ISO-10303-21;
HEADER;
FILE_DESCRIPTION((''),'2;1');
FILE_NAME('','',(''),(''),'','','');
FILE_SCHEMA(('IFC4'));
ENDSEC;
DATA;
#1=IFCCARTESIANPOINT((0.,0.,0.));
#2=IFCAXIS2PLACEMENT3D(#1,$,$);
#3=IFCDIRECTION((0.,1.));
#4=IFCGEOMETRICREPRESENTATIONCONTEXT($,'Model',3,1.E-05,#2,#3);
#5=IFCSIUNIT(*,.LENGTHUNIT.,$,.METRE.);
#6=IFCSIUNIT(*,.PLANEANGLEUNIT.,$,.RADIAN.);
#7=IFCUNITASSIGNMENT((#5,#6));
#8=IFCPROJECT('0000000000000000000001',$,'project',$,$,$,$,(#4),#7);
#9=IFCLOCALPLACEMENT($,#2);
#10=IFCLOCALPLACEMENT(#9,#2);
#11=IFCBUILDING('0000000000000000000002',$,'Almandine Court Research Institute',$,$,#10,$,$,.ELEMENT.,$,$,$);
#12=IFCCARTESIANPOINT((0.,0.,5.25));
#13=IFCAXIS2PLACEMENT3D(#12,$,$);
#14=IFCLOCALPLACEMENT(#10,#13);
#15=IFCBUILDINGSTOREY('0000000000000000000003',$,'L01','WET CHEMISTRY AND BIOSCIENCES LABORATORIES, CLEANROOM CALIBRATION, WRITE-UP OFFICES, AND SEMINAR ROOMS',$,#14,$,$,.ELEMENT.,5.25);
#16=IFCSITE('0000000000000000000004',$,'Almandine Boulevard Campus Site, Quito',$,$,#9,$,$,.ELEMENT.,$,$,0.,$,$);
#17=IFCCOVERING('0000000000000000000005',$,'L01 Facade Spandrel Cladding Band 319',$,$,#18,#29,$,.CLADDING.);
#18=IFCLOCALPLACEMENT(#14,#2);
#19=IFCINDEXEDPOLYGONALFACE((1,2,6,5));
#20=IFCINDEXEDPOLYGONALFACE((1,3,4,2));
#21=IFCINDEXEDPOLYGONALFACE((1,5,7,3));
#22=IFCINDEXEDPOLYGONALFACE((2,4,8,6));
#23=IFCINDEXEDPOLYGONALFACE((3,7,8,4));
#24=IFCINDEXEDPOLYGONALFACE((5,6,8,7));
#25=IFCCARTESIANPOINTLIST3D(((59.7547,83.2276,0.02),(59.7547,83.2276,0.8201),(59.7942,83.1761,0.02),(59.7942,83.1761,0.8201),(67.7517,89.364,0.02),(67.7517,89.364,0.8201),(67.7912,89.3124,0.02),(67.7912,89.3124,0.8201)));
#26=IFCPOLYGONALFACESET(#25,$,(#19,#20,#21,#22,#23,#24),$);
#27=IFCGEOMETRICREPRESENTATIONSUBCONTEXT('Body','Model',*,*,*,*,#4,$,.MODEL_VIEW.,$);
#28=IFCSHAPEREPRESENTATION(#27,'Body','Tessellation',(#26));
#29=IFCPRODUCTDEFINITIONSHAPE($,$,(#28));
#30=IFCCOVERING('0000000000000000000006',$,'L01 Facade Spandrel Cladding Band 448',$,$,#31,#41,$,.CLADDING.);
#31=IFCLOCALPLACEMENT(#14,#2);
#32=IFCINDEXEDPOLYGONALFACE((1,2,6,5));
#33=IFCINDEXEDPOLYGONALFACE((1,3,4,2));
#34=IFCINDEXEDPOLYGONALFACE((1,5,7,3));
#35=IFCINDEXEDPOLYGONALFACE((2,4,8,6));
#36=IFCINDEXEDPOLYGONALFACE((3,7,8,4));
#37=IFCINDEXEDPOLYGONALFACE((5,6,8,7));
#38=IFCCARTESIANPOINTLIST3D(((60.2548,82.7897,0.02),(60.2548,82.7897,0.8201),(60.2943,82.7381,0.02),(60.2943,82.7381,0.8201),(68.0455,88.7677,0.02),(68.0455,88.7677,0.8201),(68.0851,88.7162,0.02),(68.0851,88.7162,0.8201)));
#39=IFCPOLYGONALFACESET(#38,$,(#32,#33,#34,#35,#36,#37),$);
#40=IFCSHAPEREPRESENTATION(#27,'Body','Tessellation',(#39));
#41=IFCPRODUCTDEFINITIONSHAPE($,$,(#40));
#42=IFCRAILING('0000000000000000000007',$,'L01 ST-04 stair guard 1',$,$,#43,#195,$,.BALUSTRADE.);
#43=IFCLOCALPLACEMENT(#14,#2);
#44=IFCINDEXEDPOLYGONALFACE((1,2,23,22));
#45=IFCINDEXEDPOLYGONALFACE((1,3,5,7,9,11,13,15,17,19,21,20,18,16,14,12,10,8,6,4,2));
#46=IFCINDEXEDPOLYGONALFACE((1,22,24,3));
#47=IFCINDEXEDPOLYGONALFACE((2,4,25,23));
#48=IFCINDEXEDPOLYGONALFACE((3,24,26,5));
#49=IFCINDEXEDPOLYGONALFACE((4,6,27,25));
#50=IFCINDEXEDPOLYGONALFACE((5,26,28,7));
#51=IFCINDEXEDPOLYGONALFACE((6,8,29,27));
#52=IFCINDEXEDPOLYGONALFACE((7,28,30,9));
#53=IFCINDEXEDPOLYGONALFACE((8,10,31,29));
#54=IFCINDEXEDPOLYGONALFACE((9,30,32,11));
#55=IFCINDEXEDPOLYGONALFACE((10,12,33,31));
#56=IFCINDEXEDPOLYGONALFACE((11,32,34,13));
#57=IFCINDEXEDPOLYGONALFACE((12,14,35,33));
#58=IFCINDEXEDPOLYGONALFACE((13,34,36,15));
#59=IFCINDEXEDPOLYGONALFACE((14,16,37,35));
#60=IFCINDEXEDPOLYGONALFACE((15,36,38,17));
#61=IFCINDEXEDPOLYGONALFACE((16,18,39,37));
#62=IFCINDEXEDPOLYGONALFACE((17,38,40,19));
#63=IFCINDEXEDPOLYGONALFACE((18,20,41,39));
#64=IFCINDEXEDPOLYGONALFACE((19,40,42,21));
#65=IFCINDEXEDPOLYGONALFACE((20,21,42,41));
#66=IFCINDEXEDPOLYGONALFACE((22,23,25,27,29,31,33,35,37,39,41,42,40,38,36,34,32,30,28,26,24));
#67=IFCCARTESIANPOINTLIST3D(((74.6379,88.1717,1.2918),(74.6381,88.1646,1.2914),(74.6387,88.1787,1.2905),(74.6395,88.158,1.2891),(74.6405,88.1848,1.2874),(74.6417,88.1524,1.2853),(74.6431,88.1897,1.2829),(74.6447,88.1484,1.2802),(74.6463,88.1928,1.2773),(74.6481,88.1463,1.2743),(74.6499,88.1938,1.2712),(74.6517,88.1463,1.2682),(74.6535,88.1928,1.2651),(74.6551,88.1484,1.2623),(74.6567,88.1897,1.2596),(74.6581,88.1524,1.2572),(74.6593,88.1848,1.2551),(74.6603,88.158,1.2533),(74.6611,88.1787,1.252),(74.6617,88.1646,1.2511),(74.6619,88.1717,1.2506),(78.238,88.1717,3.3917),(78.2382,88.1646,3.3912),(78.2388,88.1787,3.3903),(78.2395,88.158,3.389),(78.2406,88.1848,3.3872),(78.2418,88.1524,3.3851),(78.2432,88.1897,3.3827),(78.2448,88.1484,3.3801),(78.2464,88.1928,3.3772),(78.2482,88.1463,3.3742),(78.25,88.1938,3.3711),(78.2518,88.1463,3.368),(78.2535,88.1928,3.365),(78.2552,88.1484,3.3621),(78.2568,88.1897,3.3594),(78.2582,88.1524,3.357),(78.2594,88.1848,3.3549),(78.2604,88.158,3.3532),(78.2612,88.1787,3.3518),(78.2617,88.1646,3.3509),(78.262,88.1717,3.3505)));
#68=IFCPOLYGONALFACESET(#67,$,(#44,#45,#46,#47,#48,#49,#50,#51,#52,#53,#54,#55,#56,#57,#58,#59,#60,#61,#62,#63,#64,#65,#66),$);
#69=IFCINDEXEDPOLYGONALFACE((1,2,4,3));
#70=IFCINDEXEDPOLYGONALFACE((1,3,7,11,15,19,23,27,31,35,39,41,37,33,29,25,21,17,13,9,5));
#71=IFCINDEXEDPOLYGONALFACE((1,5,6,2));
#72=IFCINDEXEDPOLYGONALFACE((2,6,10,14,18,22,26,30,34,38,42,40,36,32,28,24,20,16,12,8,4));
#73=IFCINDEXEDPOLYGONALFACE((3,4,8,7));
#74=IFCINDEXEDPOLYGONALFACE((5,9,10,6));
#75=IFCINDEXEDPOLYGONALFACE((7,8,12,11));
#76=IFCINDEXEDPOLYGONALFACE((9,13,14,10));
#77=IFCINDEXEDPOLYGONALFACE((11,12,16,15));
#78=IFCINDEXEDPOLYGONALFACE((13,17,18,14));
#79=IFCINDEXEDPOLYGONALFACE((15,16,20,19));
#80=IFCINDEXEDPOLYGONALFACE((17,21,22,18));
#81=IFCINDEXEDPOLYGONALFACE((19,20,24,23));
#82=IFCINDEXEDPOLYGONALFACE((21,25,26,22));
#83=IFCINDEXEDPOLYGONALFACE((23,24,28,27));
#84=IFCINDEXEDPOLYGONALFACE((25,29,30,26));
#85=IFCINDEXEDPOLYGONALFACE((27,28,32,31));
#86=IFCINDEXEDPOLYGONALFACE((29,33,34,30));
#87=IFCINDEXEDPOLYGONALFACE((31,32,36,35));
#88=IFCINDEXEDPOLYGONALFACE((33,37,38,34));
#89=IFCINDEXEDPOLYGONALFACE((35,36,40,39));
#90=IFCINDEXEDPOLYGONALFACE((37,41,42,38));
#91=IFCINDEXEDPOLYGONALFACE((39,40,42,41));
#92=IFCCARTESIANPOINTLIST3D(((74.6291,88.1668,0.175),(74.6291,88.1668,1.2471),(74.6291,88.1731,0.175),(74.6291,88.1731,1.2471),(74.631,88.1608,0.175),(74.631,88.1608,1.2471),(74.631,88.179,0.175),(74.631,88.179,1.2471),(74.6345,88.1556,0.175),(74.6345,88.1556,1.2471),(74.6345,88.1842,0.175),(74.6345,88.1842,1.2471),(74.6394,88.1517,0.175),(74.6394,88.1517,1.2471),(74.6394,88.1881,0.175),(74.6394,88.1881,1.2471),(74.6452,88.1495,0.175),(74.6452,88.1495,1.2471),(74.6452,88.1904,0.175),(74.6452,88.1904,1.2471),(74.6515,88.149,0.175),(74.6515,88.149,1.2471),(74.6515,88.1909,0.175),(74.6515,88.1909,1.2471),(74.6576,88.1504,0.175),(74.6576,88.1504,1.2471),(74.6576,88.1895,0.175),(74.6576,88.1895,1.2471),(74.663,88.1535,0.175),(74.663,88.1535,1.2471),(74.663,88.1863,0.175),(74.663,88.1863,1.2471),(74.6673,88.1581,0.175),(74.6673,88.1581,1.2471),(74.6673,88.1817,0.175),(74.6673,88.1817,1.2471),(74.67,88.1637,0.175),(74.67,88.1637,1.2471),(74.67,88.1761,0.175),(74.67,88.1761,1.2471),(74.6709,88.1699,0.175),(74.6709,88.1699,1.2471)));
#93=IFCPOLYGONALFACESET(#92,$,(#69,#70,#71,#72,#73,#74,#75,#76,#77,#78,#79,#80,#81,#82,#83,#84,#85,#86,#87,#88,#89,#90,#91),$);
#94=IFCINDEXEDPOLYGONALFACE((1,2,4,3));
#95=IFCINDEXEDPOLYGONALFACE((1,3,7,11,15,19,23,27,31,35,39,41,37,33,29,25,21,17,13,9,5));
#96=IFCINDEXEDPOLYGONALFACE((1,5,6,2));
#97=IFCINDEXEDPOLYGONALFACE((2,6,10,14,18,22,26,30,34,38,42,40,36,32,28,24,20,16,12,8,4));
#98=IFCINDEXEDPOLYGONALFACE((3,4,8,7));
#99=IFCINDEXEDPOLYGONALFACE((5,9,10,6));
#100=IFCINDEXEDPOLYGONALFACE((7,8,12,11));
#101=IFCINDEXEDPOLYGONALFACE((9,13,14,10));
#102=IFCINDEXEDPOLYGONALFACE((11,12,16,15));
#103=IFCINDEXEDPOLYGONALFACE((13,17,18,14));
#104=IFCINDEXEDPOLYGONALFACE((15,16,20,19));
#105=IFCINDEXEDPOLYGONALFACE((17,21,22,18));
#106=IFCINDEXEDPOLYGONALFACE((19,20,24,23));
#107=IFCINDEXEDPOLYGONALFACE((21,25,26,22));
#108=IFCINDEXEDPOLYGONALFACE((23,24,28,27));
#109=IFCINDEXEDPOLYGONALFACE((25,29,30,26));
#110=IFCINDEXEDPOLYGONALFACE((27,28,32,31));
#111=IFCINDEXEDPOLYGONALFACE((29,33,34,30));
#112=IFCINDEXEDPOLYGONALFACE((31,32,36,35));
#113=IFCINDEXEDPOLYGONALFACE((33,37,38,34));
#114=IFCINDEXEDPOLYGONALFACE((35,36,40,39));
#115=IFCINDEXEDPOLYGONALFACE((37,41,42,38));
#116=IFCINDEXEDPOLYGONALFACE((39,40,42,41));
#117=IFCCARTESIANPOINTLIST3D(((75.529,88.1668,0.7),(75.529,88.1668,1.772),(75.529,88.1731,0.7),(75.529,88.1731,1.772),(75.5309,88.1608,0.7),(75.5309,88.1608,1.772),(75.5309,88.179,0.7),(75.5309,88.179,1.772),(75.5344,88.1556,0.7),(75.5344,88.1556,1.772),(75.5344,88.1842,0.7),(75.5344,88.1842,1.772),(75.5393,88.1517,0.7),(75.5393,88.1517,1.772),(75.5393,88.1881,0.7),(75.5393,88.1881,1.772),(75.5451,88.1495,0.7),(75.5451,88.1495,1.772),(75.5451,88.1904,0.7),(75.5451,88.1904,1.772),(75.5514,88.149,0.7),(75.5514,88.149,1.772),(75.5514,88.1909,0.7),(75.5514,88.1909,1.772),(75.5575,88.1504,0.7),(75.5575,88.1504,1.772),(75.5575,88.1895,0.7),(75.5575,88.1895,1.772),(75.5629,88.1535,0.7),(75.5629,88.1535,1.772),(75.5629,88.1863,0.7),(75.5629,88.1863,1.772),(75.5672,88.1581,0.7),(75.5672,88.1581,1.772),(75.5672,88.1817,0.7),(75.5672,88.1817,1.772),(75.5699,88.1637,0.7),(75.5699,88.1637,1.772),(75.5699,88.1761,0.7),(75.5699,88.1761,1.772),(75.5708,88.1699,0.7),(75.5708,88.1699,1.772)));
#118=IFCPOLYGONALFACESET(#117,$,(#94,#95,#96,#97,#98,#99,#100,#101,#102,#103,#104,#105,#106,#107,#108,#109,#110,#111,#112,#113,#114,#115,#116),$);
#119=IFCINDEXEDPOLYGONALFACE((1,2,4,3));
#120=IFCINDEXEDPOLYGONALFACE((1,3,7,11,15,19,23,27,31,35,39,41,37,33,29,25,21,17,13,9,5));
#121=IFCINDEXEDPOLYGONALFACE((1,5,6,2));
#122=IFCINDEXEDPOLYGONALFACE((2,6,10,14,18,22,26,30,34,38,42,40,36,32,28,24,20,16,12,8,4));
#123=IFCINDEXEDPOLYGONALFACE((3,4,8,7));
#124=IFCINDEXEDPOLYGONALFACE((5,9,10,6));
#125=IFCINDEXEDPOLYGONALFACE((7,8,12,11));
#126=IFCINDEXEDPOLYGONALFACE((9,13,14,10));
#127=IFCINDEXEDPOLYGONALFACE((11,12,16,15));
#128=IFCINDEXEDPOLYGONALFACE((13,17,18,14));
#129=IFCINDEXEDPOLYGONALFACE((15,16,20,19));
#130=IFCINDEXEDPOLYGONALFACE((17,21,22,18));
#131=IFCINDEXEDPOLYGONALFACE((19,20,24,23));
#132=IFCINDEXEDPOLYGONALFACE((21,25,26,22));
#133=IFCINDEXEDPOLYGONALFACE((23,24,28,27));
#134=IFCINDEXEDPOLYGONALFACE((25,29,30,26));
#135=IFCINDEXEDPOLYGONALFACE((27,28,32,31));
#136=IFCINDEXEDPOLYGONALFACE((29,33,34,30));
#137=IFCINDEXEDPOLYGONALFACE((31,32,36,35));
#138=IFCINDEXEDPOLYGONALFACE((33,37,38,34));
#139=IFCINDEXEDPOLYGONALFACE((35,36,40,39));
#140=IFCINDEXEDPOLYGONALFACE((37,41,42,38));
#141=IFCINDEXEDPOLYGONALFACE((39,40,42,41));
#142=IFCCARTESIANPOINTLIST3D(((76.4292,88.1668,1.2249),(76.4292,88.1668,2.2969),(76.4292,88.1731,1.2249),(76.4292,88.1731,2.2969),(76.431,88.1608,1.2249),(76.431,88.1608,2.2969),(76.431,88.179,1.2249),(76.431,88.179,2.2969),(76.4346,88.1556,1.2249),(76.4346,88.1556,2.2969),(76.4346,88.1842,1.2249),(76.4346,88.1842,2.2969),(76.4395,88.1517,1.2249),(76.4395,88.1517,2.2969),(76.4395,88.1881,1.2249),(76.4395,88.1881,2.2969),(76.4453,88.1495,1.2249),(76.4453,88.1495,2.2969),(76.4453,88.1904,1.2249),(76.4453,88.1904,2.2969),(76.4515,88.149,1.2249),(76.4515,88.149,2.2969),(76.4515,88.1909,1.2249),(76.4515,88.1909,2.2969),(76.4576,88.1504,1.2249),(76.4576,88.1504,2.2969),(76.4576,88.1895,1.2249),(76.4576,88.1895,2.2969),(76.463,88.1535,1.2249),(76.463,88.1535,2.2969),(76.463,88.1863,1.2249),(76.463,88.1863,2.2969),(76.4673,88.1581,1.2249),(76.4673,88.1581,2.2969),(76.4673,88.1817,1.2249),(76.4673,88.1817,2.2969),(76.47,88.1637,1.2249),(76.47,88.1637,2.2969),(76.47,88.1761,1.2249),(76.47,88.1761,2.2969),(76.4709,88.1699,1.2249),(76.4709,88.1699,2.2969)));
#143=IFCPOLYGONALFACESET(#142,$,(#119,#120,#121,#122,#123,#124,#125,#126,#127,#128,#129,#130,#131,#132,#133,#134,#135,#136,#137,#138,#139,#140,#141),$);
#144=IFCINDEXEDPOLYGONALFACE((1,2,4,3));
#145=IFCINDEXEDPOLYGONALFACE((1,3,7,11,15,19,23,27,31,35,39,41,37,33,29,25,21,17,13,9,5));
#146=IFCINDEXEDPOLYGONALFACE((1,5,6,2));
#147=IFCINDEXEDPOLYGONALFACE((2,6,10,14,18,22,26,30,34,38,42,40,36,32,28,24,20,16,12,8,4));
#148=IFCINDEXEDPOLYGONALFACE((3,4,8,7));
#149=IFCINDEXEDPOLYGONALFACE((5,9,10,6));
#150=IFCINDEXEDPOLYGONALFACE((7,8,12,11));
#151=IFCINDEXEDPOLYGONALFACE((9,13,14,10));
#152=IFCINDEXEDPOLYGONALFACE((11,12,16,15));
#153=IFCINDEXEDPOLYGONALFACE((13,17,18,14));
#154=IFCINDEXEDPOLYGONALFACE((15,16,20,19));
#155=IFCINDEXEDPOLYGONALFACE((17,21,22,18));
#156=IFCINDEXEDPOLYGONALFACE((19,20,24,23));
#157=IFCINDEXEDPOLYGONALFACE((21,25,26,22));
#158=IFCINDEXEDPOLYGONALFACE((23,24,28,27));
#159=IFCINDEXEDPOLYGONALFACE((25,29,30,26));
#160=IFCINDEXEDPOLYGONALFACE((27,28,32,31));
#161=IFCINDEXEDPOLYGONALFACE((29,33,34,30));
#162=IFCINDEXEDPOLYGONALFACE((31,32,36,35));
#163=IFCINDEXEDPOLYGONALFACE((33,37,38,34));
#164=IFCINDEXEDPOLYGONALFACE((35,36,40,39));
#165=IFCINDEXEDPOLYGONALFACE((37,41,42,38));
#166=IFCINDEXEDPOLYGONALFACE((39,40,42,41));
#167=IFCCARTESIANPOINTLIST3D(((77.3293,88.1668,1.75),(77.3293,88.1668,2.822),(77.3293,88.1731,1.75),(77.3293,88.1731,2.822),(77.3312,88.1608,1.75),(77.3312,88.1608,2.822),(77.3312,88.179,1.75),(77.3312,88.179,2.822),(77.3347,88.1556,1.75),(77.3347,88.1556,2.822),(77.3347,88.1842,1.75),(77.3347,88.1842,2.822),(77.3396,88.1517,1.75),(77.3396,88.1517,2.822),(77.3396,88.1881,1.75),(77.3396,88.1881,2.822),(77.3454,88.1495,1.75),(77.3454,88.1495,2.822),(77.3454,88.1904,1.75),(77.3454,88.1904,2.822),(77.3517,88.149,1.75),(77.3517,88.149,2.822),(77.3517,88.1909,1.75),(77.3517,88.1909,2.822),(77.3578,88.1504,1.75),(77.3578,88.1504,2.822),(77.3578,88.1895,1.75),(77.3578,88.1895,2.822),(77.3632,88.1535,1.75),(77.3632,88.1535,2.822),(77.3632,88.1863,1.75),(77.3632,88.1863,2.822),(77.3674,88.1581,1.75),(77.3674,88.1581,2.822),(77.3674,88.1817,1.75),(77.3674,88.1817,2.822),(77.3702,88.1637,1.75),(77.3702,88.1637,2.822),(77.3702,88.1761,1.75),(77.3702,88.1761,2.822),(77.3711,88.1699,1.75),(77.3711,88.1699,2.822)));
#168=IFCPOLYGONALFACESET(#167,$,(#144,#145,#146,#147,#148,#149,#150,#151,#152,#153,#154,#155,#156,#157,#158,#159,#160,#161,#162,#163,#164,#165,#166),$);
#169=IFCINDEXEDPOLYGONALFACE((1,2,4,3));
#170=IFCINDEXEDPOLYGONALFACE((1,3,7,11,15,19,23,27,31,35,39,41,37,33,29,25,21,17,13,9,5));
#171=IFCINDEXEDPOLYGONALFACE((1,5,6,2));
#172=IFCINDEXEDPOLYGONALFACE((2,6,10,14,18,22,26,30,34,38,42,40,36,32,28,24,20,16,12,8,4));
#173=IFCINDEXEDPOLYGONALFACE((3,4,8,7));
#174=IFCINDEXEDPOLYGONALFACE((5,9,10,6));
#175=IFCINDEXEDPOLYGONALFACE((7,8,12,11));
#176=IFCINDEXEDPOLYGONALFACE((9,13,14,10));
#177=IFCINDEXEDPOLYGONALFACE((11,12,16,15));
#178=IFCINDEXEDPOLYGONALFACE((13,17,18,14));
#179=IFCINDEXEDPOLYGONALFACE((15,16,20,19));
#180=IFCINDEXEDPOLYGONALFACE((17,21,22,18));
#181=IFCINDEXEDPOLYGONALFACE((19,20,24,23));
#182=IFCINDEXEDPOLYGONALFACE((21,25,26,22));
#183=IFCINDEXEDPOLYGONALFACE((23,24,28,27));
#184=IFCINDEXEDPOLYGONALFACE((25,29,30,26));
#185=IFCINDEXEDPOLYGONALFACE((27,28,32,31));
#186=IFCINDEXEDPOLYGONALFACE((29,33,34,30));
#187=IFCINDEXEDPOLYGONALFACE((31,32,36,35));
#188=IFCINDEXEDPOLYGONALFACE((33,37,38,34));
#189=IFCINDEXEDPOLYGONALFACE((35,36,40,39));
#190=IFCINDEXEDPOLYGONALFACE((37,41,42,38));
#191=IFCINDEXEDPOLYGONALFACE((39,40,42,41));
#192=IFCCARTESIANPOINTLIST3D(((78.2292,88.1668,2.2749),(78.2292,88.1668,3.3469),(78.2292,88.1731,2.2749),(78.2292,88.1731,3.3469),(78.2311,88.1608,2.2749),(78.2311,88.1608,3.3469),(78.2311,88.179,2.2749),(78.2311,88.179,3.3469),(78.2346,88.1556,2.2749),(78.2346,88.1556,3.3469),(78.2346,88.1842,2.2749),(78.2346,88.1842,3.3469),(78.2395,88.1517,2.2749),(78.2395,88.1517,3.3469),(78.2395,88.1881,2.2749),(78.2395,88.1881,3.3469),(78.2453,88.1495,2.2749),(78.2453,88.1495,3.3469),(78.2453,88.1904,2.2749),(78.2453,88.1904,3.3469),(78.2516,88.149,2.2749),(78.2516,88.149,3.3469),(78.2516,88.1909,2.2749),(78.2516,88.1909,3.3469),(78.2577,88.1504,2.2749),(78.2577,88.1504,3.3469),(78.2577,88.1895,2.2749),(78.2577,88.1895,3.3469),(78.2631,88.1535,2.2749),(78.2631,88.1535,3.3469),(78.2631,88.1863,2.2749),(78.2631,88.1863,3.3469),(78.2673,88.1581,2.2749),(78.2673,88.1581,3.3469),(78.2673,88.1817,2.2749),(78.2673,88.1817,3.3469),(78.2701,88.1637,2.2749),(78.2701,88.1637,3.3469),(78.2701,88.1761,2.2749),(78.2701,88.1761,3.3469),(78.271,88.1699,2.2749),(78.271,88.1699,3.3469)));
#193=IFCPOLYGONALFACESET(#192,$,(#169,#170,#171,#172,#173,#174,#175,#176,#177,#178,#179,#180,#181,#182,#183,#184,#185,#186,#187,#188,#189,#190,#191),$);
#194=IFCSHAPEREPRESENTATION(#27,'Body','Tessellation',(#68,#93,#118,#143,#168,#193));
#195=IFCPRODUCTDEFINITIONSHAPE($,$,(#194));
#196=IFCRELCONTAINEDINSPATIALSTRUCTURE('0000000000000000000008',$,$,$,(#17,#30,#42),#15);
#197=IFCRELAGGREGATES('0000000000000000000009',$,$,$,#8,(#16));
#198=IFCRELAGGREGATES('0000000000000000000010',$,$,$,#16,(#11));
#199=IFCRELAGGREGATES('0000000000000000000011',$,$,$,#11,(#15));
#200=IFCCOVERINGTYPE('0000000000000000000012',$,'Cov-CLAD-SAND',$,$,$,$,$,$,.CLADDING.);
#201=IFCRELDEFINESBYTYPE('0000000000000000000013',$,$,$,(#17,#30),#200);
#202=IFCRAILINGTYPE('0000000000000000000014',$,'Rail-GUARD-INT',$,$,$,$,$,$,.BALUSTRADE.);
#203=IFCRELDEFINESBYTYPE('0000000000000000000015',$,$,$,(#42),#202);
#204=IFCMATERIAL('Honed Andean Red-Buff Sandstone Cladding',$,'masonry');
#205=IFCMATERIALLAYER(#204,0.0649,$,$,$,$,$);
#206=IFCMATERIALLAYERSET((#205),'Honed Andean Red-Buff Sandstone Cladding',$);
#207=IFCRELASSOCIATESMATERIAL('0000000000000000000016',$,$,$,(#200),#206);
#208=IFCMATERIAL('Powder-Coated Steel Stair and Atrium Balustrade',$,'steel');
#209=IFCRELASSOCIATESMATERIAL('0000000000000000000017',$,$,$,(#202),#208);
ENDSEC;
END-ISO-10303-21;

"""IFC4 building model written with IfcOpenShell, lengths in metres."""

from ifc_helpers import new_model, si_unit, direction, frame, origin, origin_2d, place, context, subcontext, project, spatial, rectangle, circle, extrude, material, layer, layer_set, type_object, element, save


model = new_model("IFC4")

# Units and contexts
model_context = context("Model", 3, precision=1e-05, world=origin(), true_north=direction((0.0, 1.0)))
body_context = subcontext(model_context, "Body", "Model", "MODEL_VIEW")
ifc_project = project(units=[si_unit("LENGTHUNIT", "METRE"), si_unit("PLANEANGLEUNIT", "RADIAN")], contexts=[model_context])

# Site, building, storey
site_placement = place(None, origin())
site = spatial("IfcSite", under=ifc_project, at=site_placement, Name="Almandine Boulevard Campus Site, Quito", CompositionType="ELEMENT", RefElevation=0.0)
building_placement = place(site_placement, origin())
building = spatial("IfcBuilding", under=site, at=building_placement, Name="Almandine Court Research Institute", CompositionType="ELEMENT")
storey_placement = place(building_placement, frame((0.0, 0.0, 5.25)))
storey = spatial("IfcBuildingStorey", under=building, at=storey_placement, Name="L01", Description="WET CHEMISTRY AND BIOSCIENCES LABORATORIES, CLEANROOM CALIBRATION, WRITE-UP OFFICES, AND SEMINAR ROOMS", CompositionType="ELEMENT", Elevation=5.25)

# Coverings
ifc_material_1 = material(Name="Honed Andean Red-Buff Sandstone Cladding", Category="masonry")
ifc_layer_1 = layer(ifc_material_1, 0.0649)
ifc_layer_set_1 = layer_set([ifc_layer_1], Name="Honed Andean Red-Buff Sandstone Cladding")
covering_type = type_object("IfcCoveringType", Name="Cov-CLAD-SAND", PredefinedType="CLADDING", material=ifc_layer_set_1)
covering_1_placement = place(storey_placement, frame((63.7729, 86.27, 0.02), z_axis=(0.0, 0.0, 1.0), x_axis=(-0.793353, -0.608761, 0.0)))
element("IfcCovering", 1, at=covering_1_placement, inside=storey, type_object=covering_type, Name="L01 Facade Spandrel Cladding Band 319", PredefinedType="CLADDING", context=body_context, shape_type="SweptSolid", body=[
    extrude(rectangle(XDim=10.0801, YDim=0.0649, at=origin_2d()), origin(), (0.0, 0.0, 1.0), 0.8),
])
covering_2_placement = place(storey_placement, frame((64.1699, 85.7529, 0.02), z_axis=(0.0, 0.0, 1.0), x_axis=(0.793353, 0.608761, 0.0)))
element("IfcCovering", 2, at=covering_2_placement, inside=storey, type_object=covering_type, Name="L01 Facade Spandrel Cladding Band 448", PredefinedType="CLADDING", context=body_context, shape_type="SweptSolid", body=[
    extrude(rectangle(XDim=9.8201, YDim=0.0649, at=origin_2d()), origin(), (0.0, 0.0, 1.0), 0.8),
])

# Railing
ifc_material_2 = material(Name="Powder-Coated Steel Stair and Atrium Balustrade", Category="steel")
railing_type_1 = type_object("IfcRailingType", Name="Rail-GUARD-INT", PredefinedType="BALUSTRADE", material=ifc_material_2)
railing_1_placement = place(storey_placement, frame((74.6499, 88.1699, 0.175)))
element("IfcRailing", 3, at=railing_1_placement, inside=storey, type_object=railing_type_1, Name="L01 ST-04 stair guard 1", PredefinedType="BALUSTRADE", context=body_context, shape_type="SweptSolid", body=[
    extrude(circle(Radius=0.0239, at=origin_2d()), frame((0.0, 0.0, 1.0962), z_axis=(0.8638, 0.0, 0.503835), x_axis=(0.0, 1.0, 0.0)), (0.0, 0.0, 1.0), 4.1677),
    extrude(circle(Radius=0.021, at=origin_2d()), origin(), (0.0, 0.0, 1.0), 1.072),
    extrude(circle(Radius=0.021, at=origin_2d()), frame((0.8999, 0.0, 0.5249)), (0.0, 0.0, 1.0), 1.072),
    extrude(circle(Radius=0.021, at=origin_2d()), frame((1.8, 0.0, 1.0498)), (0.0, 0.0, 1.0), 1.072),
    extrude(circle(Radius=0.021, at=origin_2d()), frame((2.7002, 0.0, 1.575)), (0.0, 0.0, 1.0), 1.072),
    extrude(circle(Radius=0.021, at=origin_2d()), frame((3.6001, 0.0, 2.0999)), (0.0, 0.0, 1.0), 1.072),
])

save(model, "model.ifc")
